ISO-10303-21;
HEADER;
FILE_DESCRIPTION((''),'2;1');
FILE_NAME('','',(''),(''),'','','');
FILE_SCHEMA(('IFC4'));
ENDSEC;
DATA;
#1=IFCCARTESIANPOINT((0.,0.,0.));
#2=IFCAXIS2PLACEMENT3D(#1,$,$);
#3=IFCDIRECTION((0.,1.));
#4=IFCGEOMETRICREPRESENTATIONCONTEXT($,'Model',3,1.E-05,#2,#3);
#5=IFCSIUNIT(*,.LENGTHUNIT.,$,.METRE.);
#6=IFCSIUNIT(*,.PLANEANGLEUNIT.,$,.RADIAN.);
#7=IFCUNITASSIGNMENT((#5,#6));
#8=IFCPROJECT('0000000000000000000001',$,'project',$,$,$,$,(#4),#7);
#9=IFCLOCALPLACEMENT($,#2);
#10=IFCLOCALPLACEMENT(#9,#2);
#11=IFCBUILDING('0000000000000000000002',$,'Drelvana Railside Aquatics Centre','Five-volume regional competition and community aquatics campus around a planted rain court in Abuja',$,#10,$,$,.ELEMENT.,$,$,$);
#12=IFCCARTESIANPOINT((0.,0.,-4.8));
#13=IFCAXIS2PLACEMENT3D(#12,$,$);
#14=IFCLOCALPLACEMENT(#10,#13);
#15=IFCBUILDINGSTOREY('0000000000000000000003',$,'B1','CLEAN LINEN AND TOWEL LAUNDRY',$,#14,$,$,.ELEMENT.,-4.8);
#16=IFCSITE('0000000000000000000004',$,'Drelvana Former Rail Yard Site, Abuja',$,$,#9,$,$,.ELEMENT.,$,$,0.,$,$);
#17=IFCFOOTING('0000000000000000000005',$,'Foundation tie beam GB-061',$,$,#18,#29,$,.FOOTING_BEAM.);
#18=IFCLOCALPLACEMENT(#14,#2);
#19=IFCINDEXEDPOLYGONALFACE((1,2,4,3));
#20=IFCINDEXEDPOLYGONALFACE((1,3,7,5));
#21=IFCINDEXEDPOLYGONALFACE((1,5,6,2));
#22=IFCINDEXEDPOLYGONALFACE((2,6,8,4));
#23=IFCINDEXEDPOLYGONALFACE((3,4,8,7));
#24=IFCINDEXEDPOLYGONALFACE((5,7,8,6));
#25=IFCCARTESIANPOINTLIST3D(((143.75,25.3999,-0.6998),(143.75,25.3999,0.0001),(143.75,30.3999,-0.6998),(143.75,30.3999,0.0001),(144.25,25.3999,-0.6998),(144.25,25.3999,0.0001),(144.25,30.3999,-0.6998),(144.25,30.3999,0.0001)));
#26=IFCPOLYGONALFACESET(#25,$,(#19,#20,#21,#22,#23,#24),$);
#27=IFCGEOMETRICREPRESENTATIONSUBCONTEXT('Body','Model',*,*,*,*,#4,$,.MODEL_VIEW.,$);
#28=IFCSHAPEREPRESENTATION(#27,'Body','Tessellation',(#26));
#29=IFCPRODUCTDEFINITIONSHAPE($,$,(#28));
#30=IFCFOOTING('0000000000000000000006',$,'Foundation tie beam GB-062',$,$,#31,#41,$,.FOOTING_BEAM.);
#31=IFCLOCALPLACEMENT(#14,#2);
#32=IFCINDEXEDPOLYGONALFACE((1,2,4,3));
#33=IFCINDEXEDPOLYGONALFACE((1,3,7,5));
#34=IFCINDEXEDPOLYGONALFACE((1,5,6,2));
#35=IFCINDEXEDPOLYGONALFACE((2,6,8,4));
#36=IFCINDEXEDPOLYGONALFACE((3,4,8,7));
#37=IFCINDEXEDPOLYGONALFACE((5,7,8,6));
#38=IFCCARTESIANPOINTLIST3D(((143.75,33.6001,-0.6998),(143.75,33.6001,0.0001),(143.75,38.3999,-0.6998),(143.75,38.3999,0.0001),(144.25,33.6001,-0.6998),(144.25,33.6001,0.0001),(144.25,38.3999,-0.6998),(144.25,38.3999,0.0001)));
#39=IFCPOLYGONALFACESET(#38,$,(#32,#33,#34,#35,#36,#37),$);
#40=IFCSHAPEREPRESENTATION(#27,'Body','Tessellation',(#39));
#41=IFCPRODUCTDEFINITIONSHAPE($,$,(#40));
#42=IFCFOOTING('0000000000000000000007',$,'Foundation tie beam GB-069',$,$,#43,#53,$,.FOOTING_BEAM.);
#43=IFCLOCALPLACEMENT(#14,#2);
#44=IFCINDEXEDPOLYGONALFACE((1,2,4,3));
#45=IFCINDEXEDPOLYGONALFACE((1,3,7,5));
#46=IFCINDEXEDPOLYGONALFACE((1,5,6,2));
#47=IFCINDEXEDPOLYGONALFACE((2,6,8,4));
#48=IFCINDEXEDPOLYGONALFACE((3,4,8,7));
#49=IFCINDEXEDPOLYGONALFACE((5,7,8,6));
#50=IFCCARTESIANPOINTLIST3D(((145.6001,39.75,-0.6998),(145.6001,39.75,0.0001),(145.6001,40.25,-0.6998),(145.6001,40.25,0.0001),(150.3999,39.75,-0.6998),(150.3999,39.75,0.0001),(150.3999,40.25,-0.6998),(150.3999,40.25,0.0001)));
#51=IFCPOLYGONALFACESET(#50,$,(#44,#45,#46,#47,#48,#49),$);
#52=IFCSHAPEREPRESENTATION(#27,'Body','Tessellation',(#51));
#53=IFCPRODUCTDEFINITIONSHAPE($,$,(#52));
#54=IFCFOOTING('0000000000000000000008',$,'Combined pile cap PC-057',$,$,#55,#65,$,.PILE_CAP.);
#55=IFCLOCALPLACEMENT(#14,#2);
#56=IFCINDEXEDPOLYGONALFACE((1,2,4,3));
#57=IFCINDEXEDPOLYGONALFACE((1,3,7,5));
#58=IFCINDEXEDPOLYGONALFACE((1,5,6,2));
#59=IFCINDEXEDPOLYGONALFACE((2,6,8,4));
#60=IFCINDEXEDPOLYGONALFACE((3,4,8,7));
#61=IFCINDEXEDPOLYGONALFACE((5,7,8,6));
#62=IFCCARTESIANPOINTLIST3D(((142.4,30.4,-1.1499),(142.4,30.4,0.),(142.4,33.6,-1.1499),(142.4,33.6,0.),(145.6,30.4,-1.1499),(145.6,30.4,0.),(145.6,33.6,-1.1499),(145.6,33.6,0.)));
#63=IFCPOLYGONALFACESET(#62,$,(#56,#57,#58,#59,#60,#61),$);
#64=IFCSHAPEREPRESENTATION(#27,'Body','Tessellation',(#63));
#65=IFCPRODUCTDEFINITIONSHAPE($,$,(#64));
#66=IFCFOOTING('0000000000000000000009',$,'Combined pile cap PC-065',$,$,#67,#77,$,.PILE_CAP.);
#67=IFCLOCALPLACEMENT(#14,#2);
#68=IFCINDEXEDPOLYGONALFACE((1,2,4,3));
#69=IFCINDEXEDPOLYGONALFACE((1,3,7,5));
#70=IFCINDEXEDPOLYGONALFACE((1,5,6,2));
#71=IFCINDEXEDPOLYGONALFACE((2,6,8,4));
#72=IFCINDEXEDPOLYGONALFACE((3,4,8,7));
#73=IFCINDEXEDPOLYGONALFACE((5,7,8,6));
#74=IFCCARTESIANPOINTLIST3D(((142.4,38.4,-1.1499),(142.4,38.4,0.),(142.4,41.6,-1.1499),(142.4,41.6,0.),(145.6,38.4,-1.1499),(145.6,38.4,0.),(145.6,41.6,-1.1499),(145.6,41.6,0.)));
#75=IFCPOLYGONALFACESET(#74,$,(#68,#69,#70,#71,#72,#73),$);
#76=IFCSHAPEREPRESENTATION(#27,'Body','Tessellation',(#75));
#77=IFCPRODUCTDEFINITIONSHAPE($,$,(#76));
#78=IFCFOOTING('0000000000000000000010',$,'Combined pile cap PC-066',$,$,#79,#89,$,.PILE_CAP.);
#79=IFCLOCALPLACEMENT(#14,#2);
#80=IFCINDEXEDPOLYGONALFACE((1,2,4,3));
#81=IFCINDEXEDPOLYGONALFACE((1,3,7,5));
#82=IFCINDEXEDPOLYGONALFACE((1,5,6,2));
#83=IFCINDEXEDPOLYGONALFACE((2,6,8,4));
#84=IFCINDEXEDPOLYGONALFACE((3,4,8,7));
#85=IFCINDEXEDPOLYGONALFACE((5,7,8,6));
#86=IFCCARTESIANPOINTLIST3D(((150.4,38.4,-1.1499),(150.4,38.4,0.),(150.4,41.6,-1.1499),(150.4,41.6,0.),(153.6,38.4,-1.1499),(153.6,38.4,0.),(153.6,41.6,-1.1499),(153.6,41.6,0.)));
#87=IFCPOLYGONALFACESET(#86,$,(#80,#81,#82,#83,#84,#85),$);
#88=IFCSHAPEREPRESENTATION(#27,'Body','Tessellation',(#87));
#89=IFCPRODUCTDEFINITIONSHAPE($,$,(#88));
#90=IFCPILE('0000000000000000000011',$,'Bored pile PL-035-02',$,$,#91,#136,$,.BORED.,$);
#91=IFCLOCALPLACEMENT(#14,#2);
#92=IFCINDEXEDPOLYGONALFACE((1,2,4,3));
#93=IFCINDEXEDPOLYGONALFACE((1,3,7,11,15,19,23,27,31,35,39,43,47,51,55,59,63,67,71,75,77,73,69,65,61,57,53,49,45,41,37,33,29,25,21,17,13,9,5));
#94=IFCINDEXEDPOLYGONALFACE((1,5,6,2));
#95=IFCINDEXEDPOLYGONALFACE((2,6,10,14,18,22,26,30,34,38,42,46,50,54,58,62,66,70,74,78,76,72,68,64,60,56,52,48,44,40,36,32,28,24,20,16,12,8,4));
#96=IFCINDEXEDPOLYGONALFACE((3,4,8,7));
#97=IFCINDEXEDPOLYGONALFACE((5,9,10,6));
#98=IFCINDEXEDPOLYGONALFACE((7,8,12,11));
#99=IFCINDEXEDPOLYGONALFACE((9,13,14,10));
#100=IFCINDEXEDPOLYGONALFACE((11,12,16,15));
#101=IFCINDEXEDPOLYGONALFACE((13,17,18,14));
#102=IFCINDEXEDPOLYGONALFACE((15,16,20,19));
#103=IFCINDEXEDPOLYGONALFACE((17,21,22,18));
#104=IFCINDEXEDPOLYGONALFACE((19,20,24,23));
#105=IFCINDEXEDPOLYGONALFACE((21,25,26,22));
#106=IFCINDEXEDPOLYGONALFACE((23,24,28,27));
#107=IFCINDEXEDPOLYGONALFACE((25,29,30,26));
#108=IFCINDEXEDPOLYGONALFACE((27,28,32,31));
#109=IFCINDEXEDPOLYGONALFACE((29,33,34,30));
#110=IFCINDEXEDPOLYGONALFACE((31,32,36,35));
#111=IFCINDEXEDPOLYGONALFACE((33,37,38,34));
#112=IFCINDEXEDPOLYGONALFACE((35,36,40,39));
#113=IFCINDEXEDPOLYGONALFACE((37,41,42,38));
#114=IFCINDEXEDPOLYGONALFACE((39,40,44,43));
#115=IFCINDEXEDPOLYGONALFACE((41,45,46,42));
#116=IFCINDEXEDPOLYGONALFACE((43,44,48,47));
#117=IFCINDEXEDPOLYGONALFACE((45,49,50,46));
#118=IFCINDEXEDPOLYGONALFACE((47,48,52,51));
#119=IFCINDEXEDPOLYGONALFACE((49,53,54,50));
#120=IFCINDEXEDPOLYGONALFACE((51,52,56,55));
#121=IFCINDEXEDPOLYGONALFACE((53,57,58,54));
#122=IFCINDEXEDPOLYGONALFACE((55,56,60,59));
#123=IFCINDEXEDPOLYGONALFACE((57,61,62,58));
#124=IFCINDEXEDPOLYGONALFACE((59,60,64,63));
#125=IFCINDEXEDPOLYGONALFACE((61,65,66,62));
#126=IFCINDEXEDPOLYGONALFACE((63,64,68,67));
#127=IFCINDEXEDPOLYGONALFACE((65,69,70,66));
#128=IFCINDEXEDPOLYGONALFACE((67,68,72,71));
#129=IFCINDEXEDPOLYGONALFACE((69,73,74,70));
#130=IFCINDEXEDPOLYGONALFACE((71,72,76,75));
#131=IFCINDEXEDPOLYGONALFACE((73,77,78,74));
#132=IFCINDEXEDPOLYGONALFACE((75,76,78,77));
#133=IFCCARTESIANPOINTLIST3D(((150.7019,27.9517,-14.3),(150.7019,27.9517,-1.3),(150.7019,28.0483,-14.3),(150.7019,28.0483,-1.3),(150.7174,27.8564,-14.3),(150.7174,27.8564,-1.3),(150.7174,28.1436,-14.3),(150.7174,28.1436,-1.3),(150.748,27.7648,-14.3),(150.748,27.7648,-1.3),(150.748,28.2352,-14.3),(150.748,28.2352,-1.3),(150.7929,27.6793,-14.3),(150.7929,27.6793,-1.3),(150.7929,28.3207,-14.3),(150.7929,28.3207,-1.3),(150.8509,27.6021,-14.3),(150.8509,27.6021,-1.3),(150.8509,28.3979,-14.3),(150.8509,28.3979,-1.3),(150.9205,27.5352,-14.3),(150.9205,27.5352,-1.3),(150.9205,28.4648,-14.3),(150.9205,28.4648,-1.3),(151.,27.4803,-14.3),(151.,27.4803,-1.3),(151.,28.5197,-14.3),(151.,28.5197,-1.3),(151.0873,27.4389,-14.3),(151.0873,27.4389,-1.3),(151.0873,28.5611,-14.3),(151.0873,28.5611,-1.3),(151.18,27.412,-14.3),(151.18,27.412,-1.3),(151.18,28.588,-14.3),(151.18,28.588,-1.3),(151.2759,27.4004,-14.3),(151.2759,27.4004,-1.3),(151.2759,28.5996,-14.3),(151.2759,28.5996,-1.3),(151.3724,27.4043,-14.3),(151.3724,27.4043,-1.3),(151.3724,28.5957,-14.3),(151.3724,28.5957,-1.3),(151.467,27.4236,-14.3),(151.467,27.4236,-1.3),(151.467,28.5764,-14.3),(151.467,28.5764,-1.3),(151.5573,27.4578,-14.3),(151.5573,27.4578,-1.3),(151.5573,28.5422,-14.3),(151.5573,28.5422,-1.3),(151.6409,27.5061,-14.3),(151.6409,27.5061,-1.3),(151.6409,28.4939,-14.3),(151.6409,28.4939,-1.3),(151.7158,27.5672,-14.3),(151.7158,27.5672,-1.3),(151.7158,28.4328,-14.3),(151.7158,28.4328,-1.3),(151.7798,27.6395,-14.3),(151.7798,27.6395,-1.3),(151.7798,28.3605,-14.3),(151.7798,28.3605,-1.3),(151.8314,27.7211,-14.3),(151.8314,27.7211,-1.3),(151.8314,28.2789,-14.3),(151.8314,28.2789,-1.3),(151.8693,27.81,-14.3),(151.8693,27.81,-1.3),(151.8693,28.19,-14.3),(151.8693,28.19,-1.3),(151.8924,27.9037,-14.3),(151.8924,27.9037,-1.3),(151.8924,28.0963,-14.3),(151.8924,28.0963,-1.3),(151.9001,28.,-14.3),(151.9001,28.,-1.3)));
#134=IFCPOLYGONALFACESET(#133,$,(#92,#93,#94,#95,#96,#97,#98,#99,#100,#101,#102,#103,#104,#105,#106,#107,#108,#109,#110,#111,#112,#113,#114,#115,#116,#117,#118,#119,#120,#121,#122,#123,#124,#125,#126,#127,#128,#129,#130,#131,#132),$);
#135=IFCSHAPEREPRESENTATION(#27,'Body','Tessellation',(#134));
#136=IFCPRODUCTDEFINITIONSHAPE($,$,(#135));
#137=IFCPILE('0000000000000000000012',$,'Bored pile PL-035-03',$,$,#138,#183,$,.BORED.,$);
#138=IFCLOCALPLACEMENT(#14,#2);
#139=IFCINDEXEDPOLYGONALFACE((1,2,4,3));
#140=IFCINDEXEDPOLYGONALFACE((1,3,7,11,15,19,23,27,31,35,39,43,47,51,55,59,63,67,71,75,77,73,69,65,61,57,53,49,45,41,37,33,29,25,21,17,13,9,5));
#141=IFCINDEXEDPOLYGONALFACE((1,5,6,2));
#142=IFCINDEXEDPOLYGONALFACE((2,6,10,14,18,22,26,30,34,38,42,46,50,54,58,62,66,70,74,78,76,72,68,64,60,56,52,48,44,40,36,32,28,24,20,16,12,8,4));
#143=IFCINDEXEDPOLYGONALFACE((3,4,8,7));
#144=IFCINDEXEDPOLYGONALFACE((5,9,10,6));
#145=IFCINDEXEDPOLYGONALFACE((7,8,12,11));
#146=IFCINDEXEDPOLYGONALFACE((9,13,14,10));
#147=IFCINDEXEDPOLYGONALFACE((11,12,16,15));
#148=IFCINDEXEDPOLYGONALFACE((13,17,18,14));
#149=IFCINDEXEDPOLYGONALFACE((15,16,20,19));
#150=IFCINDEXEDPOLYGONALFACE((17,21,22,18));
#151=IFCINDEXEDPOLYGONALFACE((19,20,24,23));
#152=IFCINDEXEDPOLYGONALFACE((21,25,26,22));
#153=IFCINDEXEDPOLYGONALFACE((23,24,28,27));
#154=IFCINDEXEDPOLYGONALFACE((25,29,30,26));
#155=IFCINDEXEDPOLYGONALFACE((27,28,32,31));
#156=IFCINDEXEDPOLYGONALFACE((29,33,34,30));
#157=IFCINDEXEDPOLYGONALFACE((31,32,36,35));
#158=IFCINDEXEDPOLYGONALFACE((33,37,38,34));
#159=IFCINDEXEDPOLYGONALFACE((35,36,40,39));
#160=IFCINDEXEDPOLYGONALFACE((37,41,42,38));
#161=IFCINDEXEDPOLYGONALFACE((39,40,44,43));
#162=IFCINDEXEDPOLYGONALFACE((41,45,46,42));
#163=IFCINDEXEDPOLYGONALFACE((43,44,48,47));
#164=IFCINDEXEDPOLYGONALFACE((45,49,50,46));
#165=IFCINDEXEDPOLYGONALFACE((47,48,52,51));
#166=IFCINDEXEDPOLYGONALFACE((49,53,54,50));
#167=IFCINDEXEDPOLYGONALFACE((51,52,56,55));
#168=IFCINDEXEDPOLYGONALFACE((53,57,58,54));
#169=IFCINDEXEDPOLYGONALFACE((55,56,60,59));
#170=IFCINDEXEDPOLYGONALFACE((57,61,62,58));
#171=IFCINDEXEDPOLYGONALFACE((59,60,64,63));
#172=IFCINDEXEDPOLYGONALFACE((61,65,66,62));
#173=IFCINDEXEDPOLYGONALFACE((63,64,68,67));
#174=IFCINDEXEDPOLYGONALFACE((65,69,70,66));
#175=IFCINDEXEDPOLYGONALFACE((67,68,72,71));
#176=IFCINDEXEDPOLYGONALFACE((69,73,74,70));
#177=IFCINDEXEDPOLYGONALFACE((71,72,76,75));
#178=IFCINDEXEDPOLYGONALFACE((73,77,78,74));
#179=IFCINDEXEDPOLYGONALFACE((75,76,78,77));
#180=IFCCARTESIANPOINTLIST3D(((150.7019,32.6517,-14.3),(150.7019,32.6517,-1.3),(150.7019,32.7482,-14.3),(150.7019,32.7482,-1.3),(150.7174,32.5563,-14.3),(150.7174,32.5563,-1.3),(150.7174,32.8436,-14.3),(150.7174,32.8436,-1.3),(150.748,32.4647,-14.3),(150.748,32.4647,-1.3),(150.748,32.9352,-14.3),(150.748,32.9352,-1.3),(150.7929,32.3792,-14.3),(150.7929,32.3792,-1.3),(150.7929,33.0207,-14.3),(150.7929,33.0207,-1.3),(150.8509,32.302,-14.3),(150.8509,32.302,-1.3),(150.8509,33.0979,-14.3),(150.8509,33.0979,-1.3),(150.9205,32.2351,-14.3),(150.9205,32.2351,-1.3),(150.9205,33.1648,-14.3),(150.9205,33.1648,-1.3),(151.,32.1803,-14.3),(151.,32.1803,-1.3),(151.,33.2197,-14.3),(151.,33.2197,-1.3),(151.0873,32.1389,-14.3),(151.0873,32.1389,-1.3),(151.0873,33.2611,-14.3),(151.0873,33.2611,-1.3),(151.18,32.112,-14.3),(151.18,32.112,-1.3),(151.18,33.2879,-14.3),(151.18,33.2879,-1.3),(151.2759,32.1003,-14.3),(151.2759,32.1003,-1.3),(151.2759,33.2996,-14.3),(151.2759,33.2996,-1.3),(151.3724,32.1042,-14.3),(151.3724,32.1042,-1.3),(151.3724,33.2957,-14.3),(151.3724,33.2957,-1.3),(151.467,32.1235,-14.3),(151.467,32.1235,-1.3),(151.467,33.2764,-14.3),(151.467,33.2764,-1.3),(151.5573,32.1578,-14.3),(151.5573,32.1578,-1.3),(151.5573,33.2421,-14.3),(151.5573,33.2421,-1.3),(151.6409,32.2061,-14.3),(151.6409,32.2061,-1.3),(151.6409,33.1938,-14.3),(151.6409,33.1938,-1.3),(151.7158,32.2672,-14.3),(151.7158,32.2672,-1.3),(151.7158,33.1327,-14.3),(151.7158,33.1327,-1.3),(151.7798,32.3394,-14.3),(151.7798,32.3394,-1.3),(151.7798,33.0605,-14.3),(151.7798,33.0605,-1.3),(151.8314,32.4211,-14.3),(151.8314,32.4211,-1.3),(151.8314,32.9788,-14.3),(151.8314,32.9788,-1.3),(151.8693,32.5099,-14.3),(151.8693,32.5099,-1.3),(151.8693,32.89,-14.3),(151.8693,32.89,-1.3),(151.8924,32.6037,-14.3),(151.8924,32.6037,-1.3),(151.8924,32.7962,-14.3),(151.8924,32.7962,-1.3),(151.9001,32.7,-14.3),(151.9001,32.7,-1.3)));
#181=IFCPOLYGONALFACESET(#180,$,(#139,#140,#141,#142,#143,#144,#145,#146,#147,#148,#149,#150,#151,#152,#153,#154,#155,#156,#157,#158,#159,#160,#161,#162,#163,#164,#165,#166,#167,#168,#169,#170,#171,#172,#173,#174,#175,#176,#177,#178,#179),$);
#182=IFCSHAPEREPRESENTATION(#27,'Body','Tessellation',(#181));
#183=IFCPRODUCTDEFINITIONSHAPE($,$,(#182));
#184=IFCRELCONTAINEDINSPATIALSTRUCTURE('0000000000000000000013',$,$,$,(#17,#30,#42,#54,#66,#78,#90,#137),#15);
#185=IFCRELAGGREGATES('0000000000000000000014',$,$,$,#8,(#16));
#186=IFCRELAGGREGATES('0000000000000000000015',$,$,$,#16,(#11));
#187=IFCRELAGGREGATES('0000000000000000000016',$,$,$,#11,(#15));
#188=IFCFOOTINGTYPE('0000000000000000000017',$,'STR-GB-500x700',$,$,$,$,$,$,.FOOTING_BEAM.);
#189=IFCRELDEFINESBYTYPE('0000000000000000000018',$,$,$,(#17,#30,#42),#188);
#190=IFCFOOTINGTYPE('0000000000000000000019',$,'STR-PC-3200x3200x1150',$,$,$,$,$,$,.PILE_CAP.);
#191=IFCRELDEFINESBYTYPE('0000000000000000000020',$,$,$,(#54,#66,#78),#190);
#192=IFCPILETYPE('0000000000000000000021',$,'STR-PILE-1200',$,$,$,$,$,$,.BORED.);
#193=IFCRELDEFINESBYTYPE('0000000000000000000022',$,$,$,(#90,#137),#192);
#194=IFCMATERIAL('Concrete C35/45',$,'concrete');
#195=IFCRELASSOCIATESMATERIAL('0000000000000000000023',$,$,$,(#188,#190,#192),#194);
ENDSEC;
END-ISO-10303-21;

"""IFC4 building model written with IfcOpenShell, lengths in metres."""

from ifc_helpers import new_model, si_unit, direction, frame, origin, origin_2d, place, context, subcontext, project, spatial, rectangle, circle, extrude, material, material_profile, profile_set, type_object, element, save


model = new_model("IFC4")

# Units and contexts
model_context = context("Model", 3, precision=1e-05, world=origin(), true_north=direction((0.0, 1.0)))
body_context = subcontext(model_context, "Body", "Model", "MODEL_VIEW")
ifc_project = project(units=[si_unit("LENGTHUNIT", "METRE"), si_unit("PLANEANGLEUNIT", "RADIAN")], contexts=[model_context])

# Site, building, storey
site_placement = place(None, origin())
site = spatial("IfcSite", under=ifc_project, at=site_placement, Name="Drelvana Former Rail Yard Site, Abuja", CompositionType="ELEMENT", RefElevation=0.0)
building_placement = place(site_placement, origin())
building = spatial("IfcBuilding", under=site, at=building_placement, Name="Drelvana Railside Aquatics Centre", Description="Five-volume regional competition and community aquatics campus around a planted rain court in Abuja", CompositionType="ELEMENT")
storey_placement = place(building_placement, frame((0.0, 0.0, -4.8)))
storey = spatial("IfcBuildingStorey", under=building, at=storey_placement, Name="B1", Description="CLEAN LINEN AND TOWEL LAUNDRY", CompositionType="ELEMENT", Elevation=-4.8)

# Footings
ifc_material_1 = material(Name="Concrete C35/45", Category="concrete")
ifc_material_profile_1 = material_profile(ifc_material_1, rectangle(XDim=0.5, YDim=0.7, at=origin_2d()), Name="GB 500x700")
ifc_profile_set_1 = profile_set([ifc_material_profile_1], Name="Concrete C35/45")
footing_type_1 = type_object("IfcFootingType", Name="STR-GB-500x700", PredefinedType="FOOTING_BEAM", material=ifc_profile_set_1)
footing_placement = place(storey_placement, frame((144.0, 25.3999, -0.3499), z_axis=(0.0, 1.0, 0.0), x_axis=(-1.0, 0.0, 0.0)))
element("IfcFooting", 1, at=footing_placement, inside=storey, type_object=footing_type_1, Name="Foundation tie beam GB-061", PredefinedType="FOOTING_BEAM", context=body_context, shape_type="SweptSolid", body=[
    extrude(rectangle(XDim=0.5, YDim=0.7, at=origin_2d()), origin(), (0.0, 0.0, 1.0), 5.0),
])
for number, where, z_axis, x_axis, name in (
    (2, (144.0, 33.6001, -0.3499), (0.0, 1.0, 0.0), (-1.0, 0.0, 0.0), "Foundation tie beam GB-062"),
    (3, (145.6001, 40.0, -0.3499), (1.0, 0.0, 0.0), (0.0, 1.0, 0.0), "Foundation tie beam GB-069"),
):
    element("IfcFooting", number, at=place(storey_placement, frame(where, z_axis=z_axis, x_axis=x_axis)), inside=storey, type_object=footing_type_1, Name=name, PredefinedType="FOOTING_BEAM", context=body_context, shape_type="SweptSolid", body=[
        extrude(rectangle(XDim=0.5, YDim=0.7, at=origin_2d()), origin(), (0.0, 0.0, 1.0), 4.7998),
    ])
footing_type_2 = type_object("IfcFootingType", Name="STR-PC-3200x3200x1150", PredefinedType="PILE_CAP", material=ifc_material_1)
for number, where, z_axis, x_axis, name in (
    (4, (144.0, 32.0, -1.1499), (0.0, 0.0, 1.0), (1.0, 0.0, 0.0), "Combined pile cap PC-057"),
    (5, (144.0, 40.0, -1.1499), (0.0, 0.0, 1.0), (1.0, 0.0, 0.0), "Combined pile cap PC-065"),
    (6, (152.0, 40.0, -1.1499), (0.0, 0.0, 1.0), (1.0, 0.0, 0.0), "Combined pile cap PC-066"),
):
    element("IfcFooting", number, at=place(storey_placement, frame(where, z_axis=z_axis, x_axis=x_axis)), inside=storey, type_object=footing_type_2, Name=name, PredefinedType="PILE_CAP", context=body_context, shape_type="SweptSolid", body=[
        extrude(rectangle(XDim=3.2, YDim=3.2, at=origin_2d()), origin(), (0.0, 0.0, 1.0), 1.1499),
    ])

# Piles
ifc_material_profile_2 = material_profile(ifc_material_1, circle(Radius=0.6001, at=origin_2d()), Name="PILE D1200")
ifc_profile_set_2 = profile_set([ifc_material_profile_2], Name="Concrete C35/45")
pile_type_1 = type_object("IfcPileType", Name="STR-PILE-1200", PredefinedType="BORED", material=ifc_profile_set_2)
for number, where, z_axis, x_axis, name in (
    (7, (151.3, 28.0, -1.3), (0.0, 0.0, -1.0), (1.0, 0.0, 0.0), "Bored pile PL-035-02"),
    (8, (151.3, 32.7, -1.3), (0.0, 0.0, -1.0), (1.0, 0.0, 0.0), "Bored pile PL-035-03"),
):
    element("IfcPile", number, at=place(storey_placement, frame(where, z_axis=z_axis, x_axis=x_axis)), inside=storey, type_object=pile_type_1, Name=name, PredefinedType="BORED", context=body_context, shape_type="SweptSolid", body=[
        extrude(circle(Radius=0.6001, at=origin_2d()), origin(), (0.0, 0.0, 1.0), 13.0),
    ])

save(model, "model.ifc")
